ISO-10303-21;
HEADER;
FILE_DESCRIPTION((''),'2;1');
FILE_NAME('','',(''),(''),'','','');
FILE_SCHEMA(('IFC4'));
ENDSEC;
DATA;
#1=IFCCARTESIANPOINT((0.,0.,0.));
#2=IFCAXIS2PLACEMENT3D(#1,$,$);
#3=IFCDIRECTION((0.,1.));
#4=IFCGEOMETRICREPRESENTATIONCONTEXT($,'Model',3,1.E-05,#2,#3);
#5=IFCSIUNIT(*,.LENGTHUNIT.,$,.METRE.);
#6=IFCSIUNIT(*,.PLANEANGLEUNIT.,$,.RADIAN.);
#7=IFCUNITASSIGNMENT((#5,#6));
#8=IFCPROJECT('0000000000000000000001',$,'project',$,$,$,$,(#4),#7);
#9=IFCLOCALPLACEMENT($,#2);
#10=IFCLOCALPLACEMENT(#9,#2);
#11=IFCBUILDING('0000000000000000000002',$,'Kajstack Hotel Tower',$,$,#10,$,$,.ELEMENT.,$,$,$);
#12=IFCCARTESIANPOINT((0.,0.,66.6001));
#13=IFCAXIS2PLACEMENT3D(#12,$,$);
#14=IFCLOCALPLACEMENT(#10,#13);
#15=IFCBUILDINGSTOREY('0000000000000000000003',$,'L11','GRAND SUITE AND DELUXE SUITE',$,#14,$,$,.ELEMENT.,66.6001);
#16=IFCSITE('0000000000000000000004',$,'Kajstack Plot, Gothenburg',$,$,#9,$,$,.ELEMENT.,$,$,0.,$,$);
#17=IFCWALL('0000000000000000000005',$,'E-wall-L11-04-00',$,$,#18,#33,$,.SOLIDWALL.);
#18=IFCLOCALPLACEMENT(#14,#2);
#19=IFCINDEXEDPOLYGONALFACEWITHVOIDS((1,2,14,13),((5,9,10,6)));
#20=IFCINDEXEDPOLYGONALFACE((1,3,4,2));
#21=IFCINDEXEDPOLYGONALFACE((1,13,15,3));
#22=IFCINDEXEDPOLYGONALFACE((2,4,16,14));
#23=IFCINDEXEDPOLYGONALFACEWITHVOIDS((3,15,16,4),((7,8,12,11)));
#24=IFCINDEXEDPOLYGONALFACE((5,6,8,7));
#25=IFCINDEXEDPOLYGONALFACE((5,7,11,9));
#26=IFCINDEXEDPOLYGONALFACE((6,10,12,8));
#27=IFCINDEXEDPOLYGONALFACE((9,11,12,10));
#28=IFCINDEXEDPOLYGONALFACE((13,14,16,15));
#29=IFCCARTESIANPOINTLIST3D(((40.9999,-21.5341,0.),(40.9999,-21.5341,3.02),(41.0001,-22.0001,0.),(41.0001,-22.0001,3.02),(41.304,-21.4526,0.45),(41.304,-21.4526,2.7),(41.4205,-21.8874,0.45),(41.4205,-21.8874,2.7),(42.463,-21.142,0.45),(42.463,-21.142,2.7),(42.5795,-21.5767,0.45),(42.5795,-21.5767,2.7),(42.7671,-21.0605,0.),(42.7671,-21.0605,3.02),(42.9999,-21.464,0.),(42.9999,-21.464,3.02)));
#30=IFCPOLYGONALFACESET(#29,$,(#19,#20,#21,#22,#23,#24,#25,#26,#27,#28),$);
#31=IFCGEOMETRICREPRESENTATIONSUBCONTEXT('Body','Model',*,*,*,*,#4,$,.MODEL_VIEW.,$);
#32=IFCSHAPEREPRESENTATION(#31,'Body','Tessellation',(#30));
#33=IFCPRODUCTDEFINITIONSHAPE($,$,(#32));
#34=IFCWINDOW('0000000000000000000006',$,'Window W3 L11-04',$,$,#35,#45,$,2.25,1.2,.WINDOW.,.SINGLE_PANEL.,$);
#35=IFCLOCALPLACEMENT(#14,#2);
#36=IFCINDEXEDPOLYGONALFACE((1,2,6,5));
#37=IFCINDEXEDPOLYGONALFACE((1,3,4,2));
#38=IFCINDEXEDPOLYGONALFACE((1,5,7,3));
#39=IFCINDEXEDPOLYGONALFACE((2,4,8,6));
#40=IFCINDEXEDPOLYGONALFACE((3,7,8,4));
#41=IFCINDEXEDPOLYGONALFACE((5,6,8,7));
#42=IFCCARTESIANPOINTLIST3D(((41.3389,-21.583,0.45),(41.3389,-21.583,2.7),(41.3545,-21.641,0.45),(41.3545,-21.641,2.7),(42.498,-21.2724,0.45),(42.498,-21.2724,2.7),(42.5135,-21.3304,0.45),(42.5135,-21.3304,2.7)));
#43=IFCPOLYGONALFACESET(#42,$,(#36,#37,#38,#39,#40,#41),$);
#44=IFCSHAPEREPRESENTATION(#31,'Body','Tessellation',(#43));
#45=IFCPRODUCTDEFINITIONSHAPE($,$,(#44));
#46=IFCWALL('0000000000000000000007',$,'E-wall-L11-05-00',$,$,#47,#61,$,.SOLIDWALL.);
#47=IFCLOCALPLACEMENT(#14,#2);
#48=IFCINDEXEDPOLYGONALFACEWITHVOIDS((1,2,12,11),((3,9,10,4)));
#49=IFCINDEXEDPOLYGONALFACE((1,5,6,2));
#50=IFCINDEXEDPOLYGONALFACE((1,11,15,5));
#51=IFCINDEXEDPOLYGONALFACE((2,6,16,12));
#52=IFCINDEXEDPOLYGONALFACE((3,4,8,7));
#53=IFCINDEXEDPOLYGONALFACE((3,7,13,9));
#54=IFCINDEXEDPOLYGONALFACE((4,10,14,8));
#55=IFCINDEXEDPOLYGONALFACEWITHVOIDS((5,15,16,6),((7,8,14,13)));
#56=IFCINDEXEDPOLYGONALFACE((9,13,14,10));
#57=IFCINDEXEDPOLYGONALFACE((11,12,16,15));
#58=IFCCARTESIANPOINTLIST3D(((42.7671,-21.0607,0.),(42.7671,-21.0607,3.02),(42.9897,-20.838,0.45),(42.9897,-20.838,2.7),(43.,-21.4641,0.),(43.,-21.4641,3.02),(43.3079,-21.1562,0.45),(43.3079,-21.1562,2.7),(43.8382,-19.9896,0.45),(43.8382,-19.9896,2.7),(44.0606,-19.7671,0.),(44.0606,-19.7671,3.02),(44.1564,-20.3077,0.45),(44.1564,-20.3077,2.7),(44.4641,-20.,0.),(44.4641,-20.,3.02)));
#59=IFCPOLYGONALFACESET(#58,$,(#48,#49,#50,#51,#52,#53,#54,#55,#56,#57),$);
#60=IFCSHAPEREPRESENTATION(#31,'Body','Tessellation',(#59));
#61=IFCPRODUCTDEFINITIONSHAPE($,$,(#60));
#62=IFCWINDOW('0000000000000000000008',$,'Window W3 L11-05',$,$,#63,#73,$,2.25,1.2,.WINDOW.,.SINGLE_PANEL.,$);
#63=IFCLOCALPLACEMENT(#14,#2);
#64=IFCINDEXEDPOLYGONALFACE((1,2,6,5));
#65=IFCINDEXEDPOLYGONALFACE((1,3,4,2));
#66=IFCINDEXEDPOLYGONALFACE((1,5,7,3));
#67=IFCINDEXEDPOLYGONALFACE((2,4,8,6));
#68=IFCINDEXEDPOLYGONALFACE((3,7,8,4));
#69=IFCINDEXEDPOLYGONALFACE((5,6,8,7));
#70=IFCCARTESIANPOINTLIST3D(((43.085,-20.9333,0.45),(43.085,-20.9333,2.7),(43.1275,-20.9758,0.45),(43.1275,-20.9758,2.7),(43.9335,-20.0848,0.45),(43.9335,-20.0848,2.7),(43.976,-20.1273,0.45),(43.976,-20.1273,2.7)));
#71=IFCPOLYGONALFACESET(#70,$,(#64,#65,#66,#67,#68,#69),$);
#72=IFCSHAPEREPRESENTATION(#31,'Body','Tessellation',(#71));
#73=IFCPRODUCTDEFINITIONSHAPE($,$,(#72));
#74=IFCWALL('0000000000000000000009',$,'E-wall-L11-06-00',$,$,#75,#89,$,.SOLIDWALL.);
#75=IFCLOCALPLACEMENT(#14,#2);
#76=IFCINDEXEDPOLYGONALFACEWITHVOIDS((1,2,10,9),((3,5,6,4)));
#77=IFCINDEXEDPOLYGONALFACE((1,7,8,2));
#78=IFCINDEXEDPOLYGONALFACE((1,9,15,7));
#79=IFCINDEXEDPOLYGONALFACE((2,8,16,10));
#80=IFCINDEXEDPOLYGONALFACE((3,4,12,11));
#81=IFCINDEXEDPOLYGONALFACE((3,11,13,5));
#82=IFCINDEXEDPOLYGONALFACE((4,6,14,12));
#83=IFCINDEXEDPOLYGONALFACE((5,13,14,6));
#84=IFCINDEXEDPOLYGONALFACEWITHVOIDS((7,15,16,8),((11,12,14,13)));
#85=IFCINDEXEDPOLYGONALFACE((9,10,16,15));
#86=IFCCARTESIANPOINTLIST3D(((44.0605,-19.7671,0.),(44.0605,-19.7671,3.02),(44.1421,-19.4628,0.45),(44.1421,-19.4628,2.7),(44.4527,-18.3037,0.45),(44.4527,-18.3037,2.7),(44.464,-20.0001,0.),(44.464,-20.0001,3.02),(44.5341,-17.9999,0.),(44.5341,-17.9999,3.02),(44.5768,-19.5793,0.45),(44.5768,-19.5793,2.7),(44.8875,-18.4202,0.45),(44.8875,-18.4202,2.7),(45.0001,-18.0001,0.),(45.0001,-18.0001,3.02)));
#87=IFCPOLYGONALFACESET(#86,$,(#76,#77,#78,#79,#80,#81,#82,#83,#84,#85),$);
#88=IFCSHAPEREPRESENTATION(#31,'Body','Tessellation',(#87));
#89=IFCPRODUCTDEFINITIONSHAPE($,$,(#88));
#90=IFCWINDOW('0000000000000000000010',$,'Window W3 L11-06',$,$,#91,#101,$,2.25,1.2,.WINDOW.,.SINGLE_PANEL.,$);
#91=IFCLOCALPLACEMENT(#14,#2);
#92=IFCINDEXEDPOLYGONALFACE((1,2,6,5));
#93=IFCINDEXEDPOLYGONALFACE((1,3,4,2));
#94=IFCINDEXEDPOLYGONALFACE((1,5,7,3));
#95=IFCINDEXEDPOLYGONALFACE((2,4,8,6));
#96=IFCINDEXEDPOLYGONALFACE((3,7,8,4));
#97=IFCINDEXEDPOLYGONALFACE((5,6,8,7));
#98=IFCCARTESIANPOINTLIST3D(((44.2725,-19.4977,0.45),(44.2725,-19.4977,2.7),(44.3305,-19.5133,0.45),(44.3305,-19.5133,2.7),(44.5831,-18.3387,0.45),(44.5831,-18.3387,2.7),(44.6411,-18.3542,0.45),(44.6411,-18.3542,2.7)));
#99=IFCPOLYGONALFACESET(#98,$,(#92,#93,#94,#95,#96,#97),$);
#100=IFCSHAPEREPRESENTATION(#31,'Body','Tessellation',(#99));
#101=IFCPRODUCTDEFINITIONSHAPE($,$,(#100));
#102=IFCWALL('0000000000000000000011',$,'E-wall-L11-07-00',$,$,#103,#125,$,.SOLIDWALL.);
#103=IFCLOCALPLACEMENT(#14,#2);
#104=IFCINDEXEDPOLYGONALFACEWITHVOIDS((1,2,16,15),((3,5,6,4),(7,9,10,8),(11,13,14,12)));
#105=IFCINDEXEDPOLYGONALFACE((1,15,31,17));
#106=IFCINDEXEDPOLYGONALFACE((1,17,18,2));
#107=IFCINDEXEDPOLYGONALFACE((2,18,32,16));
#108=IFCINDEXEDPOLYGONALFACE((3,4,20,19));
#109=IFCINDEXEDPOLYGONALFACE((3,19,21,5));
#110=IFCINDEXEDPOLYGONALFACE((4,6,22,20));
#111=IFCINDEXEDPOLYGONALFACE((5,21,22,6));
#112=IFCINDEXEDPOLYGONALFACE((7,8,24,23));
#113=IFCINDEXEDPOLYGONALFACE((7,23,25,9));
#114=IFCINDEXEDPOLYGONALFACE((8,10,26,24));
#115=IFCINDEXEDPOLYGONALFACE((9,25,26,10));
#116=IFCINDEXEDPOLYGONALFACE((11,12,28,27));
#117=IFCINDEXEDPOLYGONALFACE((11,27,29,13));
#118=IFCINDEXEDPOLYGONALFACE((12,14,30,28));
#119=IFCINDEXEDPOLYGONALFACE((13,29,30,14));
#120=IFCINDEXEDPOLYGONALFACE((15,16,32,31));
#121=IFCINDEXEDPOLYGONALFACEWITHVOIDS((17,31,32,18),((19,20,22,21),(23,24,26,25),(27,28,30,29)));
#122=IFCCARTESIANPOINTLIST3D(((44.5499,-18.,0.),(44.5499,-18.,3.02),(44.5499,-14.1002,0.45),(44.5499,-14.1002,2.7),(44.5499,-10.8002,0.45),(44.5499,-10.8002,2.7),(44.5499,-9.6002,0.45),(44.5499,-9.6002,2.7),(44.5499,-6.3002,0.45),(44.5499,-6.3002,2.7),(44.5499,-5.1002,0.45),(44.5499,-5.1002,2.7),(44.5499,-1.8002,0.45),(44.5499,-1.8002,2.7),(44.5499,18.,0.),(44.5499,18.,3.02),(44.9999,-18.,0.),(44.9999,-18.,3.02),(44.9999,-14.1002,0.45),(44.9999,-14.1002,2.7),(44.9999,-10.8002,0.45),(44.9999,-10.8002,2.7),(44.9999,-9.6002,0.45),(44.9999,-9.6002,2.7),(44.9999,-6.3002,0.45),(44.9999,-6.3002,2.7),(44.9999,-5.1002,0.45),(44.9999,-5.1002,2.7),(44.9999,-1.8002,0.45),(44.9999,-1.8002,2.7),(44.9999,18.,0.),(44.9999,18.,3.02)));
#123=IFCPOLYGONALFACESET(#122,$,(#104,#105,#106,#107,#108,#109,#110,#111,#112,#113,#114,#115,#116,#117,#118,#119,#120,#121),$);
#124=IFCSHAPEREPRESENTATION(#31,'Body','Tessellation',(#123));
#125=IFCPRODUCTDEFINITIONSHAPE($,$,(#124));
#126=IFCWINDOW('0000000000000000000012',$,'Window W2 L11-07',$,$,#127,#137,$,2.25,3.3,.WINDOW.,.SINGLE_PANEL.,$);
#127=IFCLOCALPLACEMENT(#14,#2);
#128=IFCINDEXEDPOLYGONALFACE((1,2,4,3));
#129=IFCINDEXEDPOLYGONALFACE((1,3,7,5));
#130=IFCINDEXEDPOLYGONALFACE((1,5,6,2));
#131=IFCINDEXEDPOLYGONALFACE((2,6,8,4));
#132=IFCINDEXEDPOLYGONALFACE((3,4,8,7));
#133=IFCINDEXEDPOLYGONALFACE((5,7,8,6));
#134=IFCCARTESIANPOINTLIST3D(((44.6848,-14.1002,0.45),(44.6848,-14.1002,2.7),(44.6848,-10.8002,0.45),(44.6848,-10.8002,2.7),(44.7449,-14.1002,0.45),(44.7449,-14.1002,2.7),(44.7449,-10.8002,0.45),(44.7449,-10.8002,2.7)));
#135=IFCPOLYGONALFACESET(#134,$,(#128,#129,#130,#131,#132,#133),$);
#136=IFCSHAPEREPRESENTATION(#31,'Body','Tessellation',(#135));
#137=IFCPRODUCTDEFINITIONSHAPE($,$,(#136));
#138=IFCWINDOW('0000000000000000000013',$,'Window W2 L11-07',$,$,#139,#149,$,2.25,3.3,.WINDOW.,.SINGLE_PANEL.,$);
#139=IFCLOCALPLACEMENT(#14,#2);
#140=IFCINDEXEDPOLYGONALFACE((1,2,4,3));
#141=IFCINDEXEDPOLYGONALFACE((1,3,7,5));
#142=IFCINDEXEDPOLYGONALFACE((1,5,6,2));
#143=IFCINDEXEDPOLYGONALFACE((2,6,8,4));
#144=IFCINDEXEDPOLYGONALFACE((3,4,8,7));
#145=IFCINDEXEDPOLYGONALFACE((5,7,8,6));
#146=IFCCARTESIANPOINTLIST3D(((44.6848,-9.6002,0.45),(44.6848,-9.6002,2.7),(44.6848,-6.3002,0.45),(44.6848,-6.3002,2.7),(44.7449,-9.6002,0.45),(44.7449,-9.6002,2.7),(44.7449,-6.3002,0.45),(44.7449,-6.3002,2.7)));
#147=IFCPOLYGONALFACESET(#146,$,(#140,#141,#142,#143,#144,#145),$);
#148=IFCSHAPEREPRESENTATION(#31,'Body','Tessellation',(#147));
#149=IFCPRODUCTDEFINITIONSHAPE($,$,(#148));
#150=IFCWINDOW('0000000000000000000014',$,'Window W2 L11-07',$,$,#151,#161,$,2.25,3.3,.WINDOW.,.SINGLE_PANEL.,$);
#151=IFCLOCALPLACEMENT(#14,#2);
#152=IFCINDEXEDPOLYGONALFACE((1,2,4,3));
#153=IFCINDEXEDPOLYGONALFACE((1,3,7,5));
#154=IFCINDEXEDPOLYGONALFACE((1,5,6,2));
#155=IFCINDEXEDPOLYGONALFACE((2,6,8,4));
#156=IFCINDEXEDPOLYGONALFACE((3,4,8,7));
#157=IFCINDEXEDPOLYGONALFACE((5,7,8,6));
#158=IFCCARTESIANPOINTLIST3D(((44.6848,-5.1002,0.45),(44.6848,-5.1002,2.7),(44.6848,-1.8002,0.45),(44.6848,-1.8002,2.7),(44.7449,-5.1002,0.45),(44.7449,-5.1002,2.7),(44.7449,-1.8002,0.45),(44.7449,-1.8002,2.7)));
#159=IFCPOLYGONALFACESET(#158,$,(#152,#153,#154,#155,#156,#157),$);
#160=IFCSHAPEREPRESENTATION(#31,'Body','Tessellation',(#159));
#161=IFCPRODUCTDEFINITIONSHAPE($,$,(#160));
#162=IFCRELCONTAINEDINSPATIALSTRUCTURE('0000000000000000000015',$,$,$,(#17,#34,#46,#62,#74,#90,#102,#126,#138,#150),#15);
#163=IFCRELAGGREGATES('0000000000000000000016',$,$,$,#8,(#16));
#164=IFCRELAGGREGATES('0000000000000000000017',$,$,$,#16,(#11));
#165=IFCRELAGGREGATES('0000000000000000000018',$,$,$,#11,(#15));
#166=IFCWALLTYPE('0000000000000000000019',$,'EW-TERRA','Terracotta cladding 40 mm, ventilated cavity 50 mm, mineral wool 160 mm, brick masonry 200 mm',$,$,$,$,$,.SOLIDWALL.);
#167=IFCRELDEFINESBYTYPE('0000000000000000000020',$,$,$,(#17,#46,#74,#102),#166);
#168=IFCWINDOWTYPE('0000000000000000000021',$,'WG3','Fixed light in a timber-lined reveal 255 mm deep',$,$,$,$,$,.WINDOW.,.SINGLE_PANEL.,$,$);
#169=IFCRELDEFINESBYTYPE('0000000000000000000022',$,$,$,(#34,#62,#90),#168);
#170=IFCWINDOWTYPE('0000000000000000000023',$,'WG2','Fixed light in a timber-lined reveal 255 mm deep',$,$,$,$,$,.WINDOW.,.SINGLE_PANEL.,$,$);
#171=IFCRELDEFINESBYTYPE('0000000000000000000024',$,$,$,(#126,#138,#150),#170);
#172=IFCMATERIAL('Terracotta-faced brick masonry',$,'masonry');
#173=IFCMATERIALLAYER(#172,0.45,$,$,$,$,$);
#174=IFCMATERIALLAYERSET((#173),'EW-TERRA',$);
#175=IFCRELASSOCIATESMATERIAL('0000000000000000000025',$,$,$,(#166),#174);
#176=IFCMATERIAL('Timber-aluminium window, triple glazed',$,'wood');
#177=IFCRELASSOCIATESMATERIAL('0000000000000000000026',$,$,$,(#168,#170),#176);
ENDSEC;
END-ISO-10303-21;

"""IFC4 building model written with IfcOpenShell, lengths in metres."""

from ifc_helpers import new_model, si_unit, direction, frame, frame_2d, origin, place, context, subcontext, project, spatial, polyline, rectangle, outline, extrude, material, layer, layer_set, type_object, element, fill, save


model = new_model("IFC4")

# Units and contexts
model_context = context("Model", 3, precision=1e-05, world=origin(), true_north=direction((0.0, 1.0)))
body_context = subcontext(model_context, "Body", "Model", "MODEL_VIEW")
ifc_project = project(units=[si_unit("LENGTHUNIT", "METRE"), si_unit("PLANEANGLEUNIT", "RADIAN")], contexts=[model_context])

# Site, building, storey
site_placement = place(None, origin())
site = spatial("IfcSite", under=ifc_project, at=site_placement, Name="Kajstack Plot, Gothenburg", CompositionType="ELEMENT", RefElevation=0.0)
building_placement = place(site_placement, origin())
building = spatial("IfcBuilding", under=site, at=building_placement, Name="Kajstack Hotel Tower", CompositionType="ELEMENT")
storey_placement = place(building_placement, frame((0.0, 0.0, 66.6001)))
storey = spatial("IfcBuildingStorey", under=building, at=storey_placement, Name="L11", Description="GRAND SUITE AND DELUXE SUITE", CompositionType="ELEMENT", Elevation=66.6001)

# Walls, openings, windows
ifc_material_1 = material(Name="Terracotta-faced brick masonry", Category="masonry")
ifc_layer_1 = layer(ifc_material_1, 0.45)
ifc_layer_set_1 = layer_set([ifc_layer_1], Name="EW-TERRA")
wall_type_1 = type_object("IfcWallType", Name="EW-TERRA", Description="Terracotta cladding 40 mm, ventilated cavity 50 mm, mineral wool 160 mm, brick masonry 200 mm", PredefinedType="SOLIDWALL", material=ifc_layer_set_1)
wall_1_placement = place(storey_placement, frame((40.9417, -21.7827, 0.0), z_axis=(0.0, 0.0, 1.0), x_axis=(0.965927, 0.258815, 0.0)))
wall_1 = element("IfcWall", 1, at=wall_1_placement, inside=storey, type_object=wall_type_1, Name="E-wall-L11-04-00", PredefinedType="SOLIDWALL", context=body_context, shape_type="SweptSolid", body=[
    extrude(outline(polyline([(0.0002, -0.2251), (2.0706, -0.2249), (1.9502, 0.2251), (0.1206, 0.2251), (0.0002, -0.2251)])), origin(), (0.0, 0.0, 1.0), 3.02),
])
opening_1_placement = place(wall_1_placement, frame((0.4353, 0.0, 0.45)))
opening_1 = element("IfcOpeningElement", 2, at=opening_1_placement, cuts=wall_1, PredefinedType="OPENING", context=body_context, shape_type="SweptSolid", body=[
    extrude(rectangle(XDim=1.2, YDim=2.25, at=frame_2d((0.6001, 1.125))), frame((0.0, 0.2349, 0.0), z_axis=(0.0, -1.0, 0.0), x_axis=(1.0, 0.0, 0.0)), (0.0, 0.0, 1.0), 0.47),
])
ifc_material_2 = material(Name="Timber-aluminium window, triple glazed", Category="wood")
window_type_1 = type_object("IfcWindowType", Name="WG3", Description="Fixed light in a timber-lined reveal 255 mm deep", PartitioningType="SINGLE_PANEL", PredefinedType="WINDOW", material=ifc_material_2)
window_1_placement = place(opening_1_placement, origin())
window_1 = element("IfcWindow", 3, at=window_1_placement, inside=storey, type_object=window_type_1, Name="Window W3 L11-04", OverallHeight=2.25, OverallWidth=1.2, PartitioningType="SINGLE_PANEL", PredefinedType="WINDOW", context=body_context, shape_type="SweptSolid", body=[
    extrude(rectangle(XDim=1.2, YDim=2.25, at=frame_2d((0.6001, 1.125))), frame((0.0, 0.0901, 0.0), z_axis=(0.0, -1.0, 0.0), x_axis=(1.0, 0.0, 0.0)), (0.0, 0.0, 1.0), 0.0601),
])
fill(opening_1, window_1)
wall_2_placement = place(storey_placement, frame((42.8408, -21.3049, 0.0), z_axis=(0.0, 0.0, 1.0), x_axis=(0.707107, 0.707107, 0.0)))
wall_2 = element("IfcWall", 4, at=wall_2_placement, inside=storey, type_object=wall_type_1, Name="E-wall-L11-05-00", PredefinedType="SOLIDWALL", context=body_context, shape_type="SweptSolid", body=[
    extrude(outline(polyline([(0.0, -0.2251), (2.0706, -0.2251), (1.95, 0.2249), (0.1206, 0.2249), (0.0, -0.2251)])), origin(), (0.0, 0.0, 1.0), 3.02),
])
opening_2_placement = place(wall_2_placement, frame((0.4353, 0.0, 0.45)))
opening_2 = element("IfcOpeningElement", 5, at=opening_2_placement, cuts=wall_2, PredefinedType="OPENING", context=body_context, shape_type="SweptSolid", body=[
    extrude(rectangle(XDim=1.2, YDim=2.25, at=frame_2d((0.6001, 1.125))), frame((0.0, 0.2349, 0.0), z_axis=(0.0, -1.0, 0.0), x_axis=(1.0, 0.0, 0.0)), (0.0, 0.0, 1.0), 0.47),
])
window_2_placement = place(opening_2_placement, origin())
window_2 = element("IfcWindow", 6, at=window_2_placement, inside=storey, type_object=window_type_1, Name="Window W3 L11-05", OverallHeight=2.25, OverallWidth=1.2, PartitioningType="SINGLE_PANEL", PredefinedType="WINDOW", context=body_context, shape_type="SweptSolid", body=[
    extrude(rectangle(XDim=1.2, YDim=2.25, at=frame_2d((0.6001, 1.125))), frame((0.0, 0.0901, 0.0), z_axis=(0.0, -1.0, 0.0), x_axis=(1.0, 0.0, 0.0)), (0.0, 0.0, 1.0), 0.0601),
])
fill(opening_2, window_2)
wall_3_placement = place(storey_placement, frame((44.2468, -19.9417, 0.0), z_axis=(0.0, 0.0, 1.0), x_axis=(0.258815, 0.965927, 0.0)))
wall_3 = element("IfcWall", 7, at=wall_3_placement, inside=storey, type_object=wall_type_1, Name="E-wall-L11-06-00", PredefinedType="SOLIDWALL", context=body_context, shape_type="SweptSolid", body=[
    extrude(outline(polyline([(-0.0002, -0.2249), (2.0703, -0.2251), (1.95, 0.2251), (0.1204, 0.2251), (-0.0002, -0.2249)])), origin(), (0.0, 0.0, 1.0), 3.02),
])
opening_3_placement = place(wall_3_placement, frame((0.4353, 0.0, 0.45)))
opening_3 = element("IfcOpeningElement", 8, at=opening_3_placement, cuts=wall_3, PredefinedType="OPENING", context=body_context, shape_type="SweptSolid", body=[
    extrude(rectangle(XDim=1.2, YDim=2.25, at=frame_2d((0.6001, 1.125))), frame((0.0, 0.2349, 0.0), z_axis=(0.0, -1.0, 0.0), x_axis=(1.0, 0.0, 0.0)), (0.0, 0.0, 1.0), 0.47),
])
window_3_placement = place(opening_3_placement, origin())
window_3 = element("IfcWindow", 9, at=window_3_placement, inside=storey, type_object=window_type_1, Name="Window W3 L11-06", OverallHeight=2.25, OverallWidth=1.2, PartitioningType="SINGLE_PANEL", PredefinedType="WINDOW", context=body_context, shape_type="SweptSolid", body=[
    extrude(rectangle(XDim=1.2, YDim=2.25, at=frame_2d((0.6001, 1.125))), frame((0.0, 0.0901, 0.0), z_axis=(0.0, -1.0, 0.0), x_axis=(1.0, 0.0, 0.0)), (0.0, 0.0, 1.0), 0.0601),
])
fill(opening_3, window_3)

# Wall, openings, windows
wall_4_placement = place(storey_placement, frame((44.7749, -18.0, 0.0), z_axis=(0.0, 0.0, 1.0), x_axis=(0.0, 1.0, 0.0)))
wall_4 = element("IfcWall", 10, at=wall_4_placement, inside=storey, type_object=wall_type_1, Name="E-wall-L11-07-00", PredefinedType="SOLIDWALL", context=body_context, shape_type="SweptSolid", body=[
    extrude(rectangle(XDim=36.0, YDim=0.45, at=frame_2d((18.0, 0.0))), origin(), (0.0, 0.0, 1.0), 3.02),
])
opening_4_placement = place(wall_4_placement, frame((3.8999, 0.0, 0.45)))
opening_4 = element("IfcOpeningElement", 11, at=opening_4_placement, cuts=wall_4, PredefinedType="OPENING", context=body_context, shape_type="SweptSolid", body=[
    extrude(rectangle(XDim=3.3, YDim=2.25, at=frame_2d((1.6499, 1.125))), frame((0.0, 0.2349, 0.0), z_axis=(0.0, -1.0, 0.0), x_axis=(1.0, 0.0, 0.0)), (0.0, 0.0, 1.0), 0.47),
])
opening_5_placement = place(wall_4_placement, frame((8.3999, 0.0, 0.45)))
opening_5 = element("IfcOpeningElement", 12, at=opening_5_placement, cuts=wall_4, PredefinedType="OPENING", context=body_context, shape_type="SweptSolid", body=[
    extrude(rectangle(XDim=3.3, YDim=2.25, at=frame_2d((1.6499, 1.125))), frame((0.0, 0.2349, 0.0), z_axis=(0.0, -1.0, 0.0), x_axis=(1.0, 0.0, 0.0)), (0.0, 0.0, 1.0), 0.47),
])
opening_6_placement = place(wall_4_placement, frame((12.8999, 0.0, 0.45)))
opening_6 = element("IfcOpeningElement", 13, at=opening_6_placement, cuts=wall_4, PredefinedType="OPENING", context=body_context, shape_type="SweptSolid", body=[
    extrude(rectangle(XDim=3.3, YDim=2.25, at=frame_2d((1.6499, 1.125))), frame((0.0, 0.2349, 0.0), z_axis=(0.0, -1.0, 0.0), x_axis=(1.0, 0.0, 0.0)), (0.0, 0.0, 1.0), 0.47),
])
window_type_2 = type_object("IfcWindowType", Name="WG2", Description="Fixed light in a timber-lined reveal 255 mm deep", PartitioningType="SINGLE_PANEL", PredefinedType="WINDOW", material=ifc_material_2)
window_4_placement = place(opening_4_placement, origin())
window_4 = element("IfcWindow", 14, at=window_4_placement, inside=storey, type_object=window_type_2, Name="Window W2 L11-07", OverallHeight=2.25, OverallWidth=3.3, PartitioningType="SINGLE_PANEL", PredefinedType="WINDOW", context=body_context, shape_type="SweptSolid", body=[
    extrude(rectangle(XDim=3.3, YDim=2.25, at=frame_2d((1.6499, 1.125))), frame((0.0, 0.0901, 0.0), z_axis=(0.0, -1.0, 0.0), x_axis=(1.0, 0.0, 0.0)), (0.0, 0.0, 1.0), 0.0601),
])
fill(opening_4, window_4)
window_5_placement = place(opening_5_placement, origin())
window_5 = element("IfcWindow", 15, at=window_5_placement, inside=storey, type_object=window_type_2, Name="Window W2 L11-07", OverallHeight=2.25, OverallWidth=3.3, PartitioningType="SINGLE_PANEL", PredefinedType="WINDOW", context=body_context, shape_type="SweptSolid", body=[
    extrude(rectangle(XDim=3.3, YDim=2.25, at=frame_2d((1.6499, 1.125))), frame((0.0, 0.0901, 0.0), z_axis=(0.0, -1.0, 0.0), x_axis=(1.0, 0.0, 0.0)), (0.0, 0.0, 1.0), 0.0601),
])
fill(opening_5, window_5)
window_6_placement = place(opening_6_placement, origin())
window_6 = element("IfcWindow", 16, at=window_6_placement, inside=storey, type_object=window_type_2, Name="Window W2 L11-07", OverallHeight=2.25, OverallWidth=3.3, PartitioningType="SINGLE_PANEL", PredefinedType="WINDOW", context=body_context, shape_type="SweptSolid", body=[
    extrude(rectangle(XDim=3.3, YDim=2.25, at=frame_2d((1.6499, 1.125))), frame((0.0, 0.0901, 0.0), z_axis=(0.0, -1.0, 0.0), x_axis=(1.0, 0.0, 0.0)), (0.0, 0.0, 1.0), 0.0601),
])
fill(opening_6, window_6)

save(model, "model.ifc")
